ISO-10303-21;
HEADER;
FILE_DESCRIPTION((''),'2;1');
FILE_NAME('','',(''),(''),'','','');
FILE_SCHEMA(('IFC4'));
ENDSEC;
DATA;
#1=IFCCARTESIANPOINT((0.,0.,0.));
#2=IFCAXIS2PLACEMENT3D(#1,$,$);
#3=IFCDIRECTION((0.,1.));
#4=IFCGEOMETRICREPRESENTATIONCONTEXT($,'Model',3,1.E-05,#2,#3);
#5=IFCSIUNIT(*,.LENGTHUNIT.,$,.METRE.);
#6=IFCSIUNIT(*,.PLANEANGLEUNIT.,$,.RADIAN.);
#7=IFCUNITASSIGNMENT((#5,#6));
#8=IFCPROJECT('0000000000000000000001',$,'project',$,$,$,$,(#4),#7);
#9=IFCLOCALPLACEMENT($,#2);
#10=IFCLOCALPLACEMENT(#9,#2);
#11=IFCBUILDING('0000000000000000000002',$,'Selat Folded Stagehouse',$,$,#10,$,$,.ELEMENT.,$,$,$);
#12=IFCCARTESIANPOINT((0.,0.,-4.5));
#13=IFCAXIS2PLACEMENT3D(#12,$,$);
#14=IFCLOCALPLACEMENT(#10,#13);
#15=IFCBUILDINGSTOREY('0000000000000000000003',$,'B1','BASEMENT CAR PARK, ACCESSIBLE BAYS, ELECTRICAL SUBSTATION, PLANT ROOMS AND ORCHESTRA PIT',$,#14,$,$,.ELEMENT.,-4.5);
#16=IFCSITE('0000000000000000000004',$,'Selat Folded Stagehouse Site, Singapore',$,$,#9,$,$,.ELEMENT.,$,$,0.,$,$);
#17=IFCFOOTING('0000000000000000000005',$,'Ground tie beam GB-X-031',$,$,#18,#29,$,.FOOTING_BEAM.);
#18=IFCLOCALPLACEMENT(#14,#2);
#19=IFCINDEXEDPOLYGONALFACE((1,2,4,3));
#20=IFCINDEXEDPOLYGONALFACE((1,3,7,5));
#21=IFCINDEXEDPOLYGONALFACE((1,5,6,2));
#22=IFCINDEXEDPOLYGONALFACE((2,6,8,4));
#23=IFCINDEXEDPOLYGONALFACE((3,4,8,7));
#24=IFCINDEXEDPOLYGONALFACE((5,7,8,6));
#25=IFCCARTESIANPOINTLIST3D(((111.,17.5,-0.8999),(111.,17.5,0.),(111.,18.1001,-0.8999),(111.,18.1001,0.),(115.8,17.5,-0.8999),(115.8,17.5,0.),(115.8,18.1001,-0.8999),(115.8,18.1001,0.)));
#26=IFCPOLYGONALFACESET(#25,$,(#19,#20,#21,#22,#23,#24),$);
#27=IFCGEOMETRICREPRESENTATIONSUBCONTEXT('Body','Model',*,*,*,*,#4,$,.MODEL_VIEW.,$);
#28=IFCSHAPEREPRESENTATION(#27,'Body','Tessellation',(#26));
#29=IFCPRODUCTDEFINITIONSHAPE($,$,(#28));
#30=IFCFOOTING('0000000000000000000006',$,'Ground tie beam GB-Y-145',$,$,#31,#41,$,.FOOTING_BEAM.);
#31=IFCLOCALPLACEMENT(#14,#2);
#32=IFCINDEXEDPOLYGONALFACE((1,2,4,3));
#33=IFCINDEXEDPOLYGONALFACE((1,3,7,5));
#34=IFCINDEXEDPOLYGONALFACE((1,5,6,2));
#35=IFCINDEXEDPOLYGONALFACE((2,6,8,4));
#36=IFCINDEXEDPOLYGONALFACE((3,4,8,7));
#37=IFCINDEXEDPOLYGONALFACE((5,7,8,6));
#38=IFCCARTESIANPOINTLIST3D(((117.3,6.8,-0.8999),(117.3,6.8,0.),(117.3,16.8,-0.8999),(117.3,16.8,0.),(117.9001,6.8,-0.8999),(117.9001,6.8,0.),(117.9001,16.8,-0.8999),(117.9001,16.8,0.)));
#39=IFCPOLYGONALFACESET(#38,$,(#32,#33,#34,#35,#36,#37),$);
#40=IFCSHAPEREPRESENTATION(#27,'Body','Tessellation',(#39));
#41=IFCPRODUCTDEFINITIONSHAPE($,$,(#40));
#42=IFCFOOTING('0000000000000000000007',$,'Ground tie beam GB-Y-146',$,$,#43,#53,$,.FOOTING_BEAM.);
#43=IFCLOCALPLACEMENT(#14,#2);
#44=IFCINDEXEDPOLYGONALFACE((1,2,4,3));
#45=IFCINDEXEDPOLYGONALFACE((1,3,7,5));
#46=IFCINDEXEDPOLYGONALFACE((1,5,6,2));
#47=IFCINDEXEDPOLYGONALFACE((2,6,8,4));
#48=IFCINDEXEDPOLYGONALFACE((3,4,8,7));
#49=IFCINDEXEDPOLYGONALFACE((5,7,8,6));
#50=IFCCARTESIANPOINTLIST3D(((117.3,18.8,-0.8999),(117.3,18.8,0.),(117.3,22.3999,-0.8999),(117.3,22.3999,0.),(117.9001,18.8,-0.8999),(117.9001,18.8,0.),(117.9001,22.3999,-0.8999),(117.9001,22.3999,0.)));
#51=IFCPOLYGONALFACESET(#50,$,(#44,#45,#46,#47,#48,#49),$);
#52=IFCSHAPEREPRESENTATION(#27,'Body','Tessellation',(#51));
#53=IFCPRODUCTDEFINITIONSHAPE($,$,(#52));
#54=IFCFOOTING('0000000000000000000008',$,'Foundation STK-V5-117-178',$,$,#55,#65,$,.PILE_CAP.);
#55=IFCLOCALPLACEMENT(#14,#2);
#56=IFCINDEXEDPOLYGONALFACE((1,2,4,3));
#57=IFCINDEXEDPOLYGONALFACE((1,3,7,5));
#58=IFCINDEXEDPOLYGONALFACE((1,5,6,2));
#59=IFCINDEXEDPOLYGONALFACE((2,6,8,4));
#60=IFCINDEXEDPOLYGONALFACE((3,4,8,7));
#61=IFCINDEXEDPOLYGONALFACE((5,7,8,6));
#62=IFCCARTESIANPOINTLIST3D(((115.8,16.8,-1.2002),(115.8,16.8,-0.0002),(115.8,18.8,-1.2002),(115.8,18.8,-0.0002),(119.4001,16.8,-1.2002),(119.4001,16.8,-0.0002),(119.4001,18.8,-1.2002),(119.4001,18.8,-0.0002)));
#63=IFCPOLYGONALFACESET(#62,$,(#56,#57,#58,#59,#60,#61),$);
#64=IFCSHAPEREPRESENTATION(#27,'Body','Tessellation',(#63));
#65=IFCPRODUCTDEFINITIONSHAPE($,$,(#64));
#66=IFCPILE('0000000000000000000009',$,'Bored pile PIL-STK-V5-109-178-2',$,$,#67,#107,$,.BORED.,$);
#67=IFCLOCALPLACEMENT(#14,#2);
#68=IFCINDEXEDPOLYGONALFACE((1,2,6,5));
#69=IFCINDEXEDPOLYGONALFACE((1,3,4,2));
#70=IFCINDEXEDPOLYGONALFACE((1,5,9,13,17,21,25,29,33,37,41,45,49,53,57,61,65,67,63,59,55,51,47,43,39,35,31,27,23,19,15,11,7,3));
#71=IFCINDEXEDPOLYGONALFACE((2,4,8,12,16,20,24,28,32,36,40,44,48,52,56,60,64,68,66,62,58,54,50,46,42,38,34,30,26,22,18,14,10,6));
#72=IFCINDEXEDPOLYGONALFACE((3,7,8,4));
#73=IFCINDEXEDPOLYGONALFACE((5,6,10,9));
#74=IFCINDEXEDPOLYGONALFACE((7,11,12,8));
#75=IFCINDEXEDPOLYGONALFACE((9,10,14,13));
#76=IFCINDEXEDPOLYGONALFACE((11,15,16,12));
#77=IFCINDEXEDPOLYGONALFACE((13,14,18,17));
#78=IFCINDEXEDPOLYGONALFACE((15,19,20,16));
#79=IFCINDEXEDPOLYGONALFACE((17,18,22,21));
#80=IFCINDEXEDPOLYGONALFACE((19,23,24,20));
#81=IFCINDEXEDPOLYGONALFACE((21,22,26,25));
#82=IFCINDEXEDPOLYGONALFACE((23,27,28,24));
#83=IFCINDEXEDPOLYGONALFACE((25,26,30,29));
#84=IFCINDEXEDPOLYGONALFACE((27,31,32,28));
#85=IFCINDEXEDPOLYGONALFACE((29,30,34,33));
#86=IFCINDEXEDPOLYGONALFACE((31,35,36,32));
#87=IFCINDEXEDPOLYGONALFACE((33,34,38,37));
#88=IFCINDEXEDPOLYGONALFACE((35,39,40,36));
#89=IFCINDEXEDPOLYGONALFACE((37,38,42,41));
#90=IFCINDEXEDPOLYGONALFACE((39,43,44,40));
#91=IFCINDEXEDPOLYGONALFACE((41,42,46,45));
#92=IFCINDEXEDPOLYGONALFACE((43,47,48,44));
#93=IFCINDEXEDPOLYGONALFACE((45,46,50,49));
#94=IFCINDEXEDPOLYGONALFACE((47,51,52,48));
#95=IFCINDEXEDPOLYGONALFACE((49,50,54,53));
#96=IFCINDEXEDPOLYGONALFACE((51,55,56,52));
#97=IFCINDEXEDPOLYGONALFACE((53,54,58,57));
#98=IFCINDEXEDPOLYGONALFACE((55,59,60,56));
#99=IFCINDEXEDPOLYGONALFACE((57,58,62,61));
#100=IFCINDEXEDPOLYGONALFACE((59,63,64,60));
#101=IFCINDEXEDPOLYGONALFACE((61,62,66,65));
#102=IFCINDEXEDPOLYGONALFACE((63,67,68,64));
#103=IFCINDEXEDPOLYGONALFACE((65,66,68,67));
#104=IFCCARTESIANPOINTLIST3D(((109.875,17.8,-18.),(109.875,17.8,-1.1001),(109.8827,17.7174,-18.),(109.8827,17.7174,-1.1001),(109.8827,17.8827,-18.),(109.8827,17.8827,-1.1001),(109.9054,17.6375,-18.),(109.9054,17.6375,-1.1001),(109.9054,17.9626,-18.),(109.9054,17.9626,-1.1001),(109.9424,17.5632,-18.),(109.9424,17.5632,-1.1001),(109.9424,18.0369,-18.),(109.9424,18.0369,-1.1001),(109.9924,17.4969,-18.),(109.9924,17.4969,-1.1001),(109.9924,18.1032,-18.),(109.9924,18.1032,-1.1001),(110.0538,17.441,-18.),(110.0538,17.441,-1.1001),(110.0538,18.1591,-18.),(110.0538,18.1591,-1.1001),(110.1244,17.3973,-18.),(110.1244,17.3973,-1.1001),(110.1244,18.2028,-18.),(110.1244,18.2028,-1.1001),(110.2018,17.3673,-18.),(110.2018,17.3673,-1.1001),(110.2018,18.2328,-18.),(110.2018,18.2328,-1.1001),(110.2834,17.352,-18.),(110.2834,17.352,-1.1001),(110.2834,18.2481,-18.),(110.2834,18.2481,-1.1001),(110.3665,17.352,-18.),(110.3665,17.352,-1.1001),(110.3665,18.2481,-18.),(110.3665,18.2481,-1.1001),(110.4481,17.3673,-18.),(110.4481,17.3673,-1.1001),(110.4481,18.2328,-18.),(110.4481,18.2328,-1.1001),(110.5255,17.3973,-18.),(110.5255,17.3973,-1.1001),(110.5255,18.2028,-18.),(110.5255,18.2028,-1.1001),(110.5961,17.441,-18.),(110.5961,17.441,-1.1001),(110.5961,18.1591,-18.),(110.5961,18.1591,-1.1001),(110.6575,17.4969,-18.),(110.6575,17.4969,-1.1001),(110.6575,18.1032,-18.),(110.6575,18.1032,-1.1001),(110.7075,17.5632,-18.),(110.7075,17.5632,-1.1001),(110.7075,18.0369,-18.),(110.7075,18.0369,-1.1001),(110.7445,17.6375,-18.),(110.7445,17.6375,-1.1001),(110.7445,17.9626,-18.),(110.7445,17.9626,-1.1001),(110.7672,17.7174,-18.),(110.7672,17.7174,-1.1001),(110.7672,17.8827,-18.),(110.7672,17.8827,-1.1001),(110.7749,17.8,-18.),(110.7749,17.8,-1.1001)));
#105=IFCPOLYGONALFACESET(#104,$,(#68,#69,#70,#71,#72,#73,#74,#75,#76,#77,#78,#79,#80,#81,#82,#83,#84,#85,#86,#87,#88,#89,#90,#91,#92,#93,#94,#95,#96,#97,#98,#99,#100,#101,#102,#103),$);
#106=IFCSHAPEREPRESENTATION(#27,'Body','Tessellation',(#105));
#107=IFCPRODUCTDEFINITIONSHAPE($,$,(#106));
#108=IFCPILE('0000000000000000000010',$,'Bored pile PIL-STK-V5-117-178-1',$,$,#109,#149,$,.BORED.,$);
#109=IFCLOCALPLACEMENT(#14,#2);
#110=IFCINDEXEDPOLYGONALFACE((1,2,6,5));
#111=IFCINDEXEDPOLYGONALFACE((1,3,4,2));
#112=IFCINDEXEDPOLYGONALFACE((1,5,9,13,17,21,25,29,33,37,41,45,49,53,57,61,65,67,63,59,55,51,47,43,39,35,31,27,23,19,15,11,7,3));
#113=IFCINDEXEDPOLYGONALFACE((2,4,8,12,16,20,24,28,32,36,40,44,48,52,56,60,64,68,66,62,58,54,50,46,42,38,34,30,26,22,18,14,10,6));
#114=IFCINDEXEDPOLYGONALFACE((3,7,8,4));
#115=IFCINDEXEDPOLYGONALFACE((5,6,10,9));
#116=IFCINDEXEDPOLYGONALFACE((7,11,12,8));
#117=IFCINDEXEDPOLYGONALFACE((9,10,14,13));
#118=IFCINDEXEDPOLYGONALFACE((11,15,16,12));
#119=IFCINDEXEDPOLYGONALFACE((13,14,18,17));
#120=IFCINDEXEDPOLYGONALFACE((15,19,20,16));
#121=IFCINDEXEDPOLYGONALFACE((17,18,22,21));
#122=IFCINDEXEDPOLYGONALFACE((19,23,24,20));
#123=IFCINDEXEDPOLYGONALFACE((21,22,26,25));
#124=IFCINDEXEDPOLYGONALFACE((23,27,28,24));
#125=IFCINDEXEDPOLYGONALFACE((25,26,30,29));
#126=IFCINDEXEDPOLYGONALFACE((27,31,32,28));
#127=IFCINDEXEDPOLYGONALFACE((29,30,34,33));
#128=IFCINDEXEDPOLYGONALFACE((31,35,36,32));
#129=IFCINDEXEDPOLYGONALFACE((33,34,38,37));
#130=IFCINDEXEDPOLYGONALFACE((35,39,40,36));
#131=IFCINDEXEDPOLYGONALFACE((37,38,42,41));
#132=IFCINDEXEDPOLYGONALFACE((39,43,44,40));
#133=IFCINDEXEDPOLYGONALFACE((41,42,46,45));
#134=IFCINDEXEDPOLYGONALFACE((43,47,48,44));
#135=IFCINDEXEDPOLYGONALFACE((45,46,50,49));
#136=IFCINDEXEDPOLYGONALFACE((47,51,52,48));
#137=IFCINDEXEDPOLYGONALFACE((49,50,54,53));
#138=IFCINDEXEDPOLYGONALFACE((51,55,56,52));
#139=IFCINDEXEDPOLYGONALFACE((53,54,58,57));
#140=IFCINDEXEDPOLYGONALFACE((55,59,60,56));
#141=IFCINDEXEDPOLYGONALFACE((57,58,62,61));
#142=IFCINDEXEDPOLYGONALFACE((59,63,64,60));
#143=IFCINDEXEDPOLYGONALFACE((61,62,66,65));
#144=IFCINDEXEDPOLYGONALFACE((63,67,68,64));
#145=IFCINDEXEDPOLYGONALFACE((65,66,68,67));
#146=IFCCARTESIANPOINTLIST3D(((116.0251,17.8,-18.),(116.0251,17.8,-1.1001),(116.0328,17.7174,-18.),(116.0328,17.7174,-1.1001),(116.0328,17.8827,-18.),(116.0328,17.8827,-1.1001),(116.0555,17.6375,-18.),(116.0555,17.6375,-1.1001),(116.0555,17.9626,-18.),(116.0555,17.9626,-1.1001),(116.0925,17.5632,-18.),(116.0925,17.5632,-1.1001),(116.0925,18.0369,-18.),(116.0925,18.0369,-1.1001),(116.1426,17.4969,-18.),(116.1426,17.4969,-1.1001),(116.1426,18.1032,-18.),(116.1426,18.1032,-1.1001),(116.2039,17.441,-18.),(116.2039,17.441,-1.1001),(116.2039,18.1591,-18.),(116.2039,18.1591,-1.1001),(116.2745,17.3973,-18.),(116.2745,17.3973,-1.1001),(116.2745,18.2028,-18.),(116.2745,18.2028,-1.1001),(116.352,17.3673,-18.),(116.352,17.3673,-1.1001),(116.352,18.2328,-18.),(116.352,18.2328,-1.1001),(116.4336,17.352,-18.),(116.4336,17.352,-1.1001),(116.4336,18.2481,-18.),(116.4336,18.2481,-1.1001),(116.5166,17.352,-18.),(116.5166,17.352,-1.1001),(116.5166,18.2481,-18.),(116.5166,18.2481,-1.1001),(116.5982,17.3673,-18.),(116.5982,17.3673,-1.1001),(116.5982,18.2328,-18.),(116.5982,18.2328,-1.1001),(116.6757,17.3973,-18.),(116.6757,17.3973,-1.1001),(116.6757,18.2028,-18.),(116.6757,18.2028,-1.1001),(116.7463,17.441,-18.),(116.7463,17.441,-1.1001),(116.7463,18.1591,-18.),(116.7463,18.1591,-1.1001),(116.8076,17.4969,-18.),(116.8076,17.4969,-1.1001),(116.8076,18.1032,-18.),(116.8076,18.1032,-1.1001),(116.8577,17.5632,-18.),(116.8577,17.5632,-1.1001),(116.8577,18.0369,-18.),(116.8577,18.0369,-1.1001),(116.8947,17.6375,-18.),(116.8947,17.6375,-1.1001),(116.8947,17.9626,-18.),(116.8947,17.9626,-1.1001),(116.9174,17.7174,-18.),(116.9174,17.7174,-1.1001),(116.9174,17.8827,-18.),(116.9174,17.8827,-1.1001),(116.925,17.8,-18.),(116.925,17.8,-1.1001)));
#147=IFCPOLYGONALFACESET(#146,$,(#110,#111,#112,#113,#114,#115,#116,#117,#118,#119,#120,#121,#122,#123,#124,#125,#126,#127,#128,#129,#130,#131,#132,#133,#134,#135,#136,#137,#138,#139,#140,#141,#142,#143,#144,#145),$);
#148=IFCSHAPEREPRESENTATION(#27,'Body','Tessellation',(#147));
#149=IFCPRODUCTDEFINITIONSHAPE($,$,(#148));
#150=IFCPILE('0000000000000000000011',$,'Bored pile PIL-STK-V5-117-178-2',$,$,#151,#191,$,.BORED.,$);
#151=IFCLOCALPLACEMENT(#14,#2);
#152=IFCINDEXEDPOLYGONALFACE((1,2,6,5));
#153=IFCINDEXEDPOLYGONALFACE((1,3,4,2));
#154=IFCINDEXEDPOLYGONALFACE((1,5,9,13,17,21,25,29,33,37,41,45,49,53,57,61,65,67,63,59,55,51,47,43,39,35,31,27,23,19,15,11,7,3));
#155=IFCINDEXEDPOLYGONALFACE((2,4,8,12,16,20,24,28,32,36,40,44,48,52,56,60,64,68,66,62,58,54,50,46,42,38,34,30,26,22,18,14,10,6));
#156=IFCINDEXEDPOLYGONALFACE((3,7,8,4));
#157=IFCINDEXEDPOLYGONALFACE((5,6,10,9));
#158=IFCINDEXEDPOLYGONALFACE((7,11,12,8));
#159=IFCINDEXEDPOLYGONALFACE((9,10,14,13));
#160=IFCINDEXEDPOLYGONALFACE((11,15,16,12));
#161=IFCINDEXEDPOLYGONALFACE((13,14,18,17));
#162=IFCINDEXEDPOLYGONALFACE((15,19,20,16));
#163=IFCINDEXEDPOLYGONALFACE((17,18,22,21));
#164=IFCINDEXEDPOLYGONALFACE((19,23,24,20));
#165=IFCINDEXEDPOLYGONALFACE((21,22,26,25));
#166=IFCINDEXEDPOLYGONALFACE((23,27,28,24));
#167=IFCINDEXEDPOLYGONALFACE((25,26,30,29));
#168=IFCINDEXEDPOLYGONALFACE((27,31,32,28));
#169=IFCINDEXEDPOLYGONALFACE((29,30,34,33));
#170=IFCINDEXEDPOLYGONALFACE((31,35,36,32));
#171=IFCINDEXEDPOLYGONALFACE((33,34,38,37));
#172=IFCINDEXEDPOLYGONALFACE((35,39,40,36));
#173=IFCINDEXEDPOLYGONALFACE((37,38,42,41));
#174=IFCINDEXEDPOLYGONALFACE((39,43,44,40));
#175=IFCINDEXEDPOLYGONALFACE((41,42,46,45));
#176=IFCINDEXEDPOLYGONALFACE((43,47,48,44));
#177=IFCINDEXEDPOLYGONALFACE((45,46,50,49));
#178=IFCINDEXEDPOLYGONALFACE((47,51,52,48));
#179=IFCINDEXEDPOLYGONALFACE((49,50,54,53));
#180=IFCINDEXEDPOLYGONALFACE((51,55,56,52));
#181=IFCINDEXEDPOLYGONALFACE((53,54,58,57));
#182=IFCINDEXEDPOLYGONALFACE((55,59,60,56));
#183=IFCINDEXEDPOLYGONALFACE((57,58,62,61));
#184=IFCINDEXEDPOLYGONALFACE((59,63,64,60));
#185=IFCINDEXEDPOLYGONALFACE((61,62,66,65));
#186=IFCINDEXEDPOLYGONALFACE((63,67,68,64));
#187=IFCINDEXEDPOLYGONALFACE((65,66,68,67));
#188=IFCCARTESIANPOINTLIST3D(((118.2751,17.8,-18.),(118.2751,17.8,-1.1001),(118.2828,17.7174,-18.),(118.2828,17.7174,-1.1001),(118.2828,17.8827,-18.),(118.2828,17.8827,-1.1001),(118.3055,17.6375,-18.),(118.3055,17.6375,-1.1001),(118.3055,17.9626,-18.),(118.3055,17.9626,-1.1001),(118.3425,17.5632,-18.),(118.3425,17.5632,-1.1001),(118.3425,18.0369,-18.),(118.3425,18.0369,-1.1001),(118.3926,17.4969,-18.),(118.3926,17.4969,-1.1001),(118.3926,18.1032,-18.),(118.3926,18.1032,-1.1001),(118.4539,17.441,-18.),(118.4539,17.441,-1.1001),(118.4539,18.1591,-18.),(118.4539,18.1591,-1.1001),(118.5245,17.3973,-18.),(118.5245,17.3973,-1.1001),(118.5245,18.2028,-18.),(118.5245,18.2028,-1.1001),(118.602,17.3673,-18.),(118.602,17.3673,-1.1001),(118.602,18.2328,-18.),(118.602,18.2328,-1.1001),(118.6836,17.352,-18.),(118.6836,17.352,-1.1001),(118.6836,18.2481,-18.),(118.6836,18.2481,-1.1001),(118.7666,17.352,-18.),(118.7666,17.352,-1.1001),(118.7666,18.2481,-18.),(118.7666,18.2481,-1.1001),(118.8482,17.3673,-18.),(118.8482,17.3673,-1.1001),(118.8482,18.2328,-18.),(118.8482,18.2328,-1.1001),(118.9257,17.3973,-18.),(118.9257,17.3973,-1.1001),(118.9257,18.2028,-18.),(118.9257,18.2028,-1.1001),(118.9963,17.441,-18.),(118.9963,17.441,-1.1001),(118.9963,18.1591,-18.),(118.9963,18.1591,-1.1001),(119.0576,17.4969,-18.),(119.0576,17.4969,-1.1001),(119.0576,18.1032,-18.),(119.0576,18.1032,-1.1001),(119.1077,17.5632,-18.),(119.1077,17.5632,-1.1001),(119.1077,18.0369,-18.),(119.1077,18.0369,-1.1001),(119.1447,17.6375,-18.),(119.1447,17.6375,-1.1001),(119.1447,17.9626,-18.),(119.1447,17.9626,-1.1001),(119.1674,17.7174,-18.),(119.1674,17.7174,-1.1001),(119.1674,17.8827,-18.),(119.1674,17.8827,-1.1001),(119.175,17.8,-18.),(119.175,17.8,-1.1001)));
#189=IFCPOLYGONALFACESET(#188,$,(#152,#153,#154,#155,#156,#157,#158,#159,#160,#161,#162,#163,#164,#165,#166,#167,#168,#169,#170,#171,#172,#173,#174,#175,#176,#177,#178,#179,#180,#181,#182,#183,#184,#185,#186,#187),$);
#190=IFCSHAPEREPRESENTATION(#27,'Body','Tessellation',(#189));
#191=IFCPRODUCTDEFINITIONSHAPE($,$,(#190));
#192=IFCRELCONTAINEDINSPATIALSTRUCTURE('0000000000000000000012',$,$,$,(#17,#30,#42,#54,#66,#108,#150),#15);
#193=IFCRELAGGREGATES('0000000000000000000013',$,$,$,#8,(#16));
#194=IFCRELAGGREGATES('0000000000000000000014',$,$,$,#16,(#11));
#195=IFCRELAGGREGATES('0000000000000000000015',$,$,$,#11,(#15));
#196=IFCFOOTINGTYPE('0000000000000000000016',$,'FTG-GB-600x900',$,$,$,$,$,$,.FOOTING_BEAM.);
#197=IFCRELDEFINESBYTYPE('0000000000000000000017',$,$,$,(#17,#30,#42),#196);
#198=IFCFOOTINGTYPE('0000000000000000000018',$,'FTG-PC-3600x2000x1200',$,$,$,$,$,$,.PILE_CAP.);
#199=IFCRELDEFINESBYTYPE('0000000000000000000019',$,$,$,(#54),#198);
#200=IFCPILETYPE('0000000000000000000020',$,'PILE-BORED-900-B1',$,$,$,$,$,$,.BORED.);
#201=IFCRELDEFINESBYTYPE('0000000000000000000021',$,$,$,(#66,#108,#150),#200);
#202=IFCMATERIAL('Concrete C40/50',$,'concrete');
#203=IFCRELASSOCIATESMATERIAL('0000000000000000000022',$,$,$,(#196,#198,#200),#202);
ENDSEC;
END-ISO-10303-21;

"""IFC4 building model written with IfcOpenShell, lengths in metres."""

from ifc_helpers import new_model, si_unit, direction, frame, origin, origin_2d, place, context, subcontext, project, spatial, rectangle, circle, extrude, material, material_profile, profile_set, type_object, element, save


model = new_model("IFC4")

# Units and contexts
model_context = context("Model", 3, precision=1e-05, world=origin(), true_north=direction((0.0, 1.0)))
body_context = subcontext(model_context, "Body", "Model", "MODEL_VIEW")
ifc_project = project(units=[si_unit("LENGTHUNIT", "METRE"), si_unit("PLANEANGLEUNIT", "RADIAN")], contexts=[model_context])

# Site, building, storey
site_placement = place(None, origin())
site = spatial("IfcSite", under=ifc_project, at=site_placement, Name="Selat Folded Stagehouse Site, Singapore", CompositionType="ELEMENT", RefElevation=0.0)
building_placement = place(site_placement, origin())
building = spatial("IfcBuilding", under=site, at=building_placement, Name="Selat Folded Stagehouse", CompositionType="ELEMENT")
storey_placement = place(building_placement, frame((0.0, 0.0, -4.5)))
storey = spatial("IfcBuildingStorey", under=building, at=storey_placement, Name="B1", Description="BASEMENT CAR PARK, ACCESSIBLE BAYS, ELECTRICAL SUBSTATION, PLANT ROOMS AND ORCHESTRA PIT", CompositionType="ELEMENT", Elevation=-4.5)

# Footings
ifc_material_1 = material(Name="Concrete C40/50", Category="concrete")
ifc_material_profile_1 = material_profile(ifc_material_1, rectangle(XDim=0.6001, YDim=0.8999, at=origin_2d()), Name="RC 900x600")
ifc_profile_set_1 = profile_set([ifc_material_profile_1], Name="Concrete C40/50")
footing_type_1 = type_object("IfcFootingType", Name="FTG-GB-600x900", PredefinedType="FOOTING_BEAM", material=ifc_profile_set_1)
footing_1_placement = place(storey_placement, frame((111.0, 17.8, -0.45), z_axis=(1.0, 0.0, 0.0), x_axis=(0.0, 1.0, 0.0)))
element("IfcFooting", 1, at=footing_1_placement, inside=storey, type_object=footing_type_1, Name="Ground tie beam GB-X-031", PredefinedType="FOOTING_BEAM", context=body_context, shape_type="SweptSolid", body=[
    extrude(rectangle(XDim=0.6001, YDim=0.8999, at=origin_2d()), origin(), (0.0, 0.0, 1.0), 4.8),
])
footing_2_placement = place(storey_placement, frame((117.6001, 6.8, -0.45), z_axis=(0.0, 1.0, 0.0), x_axis=(-1.0, 0.0, 0.0)))
element("IfcFooting", 2, at=footing_2_placement, inside=storey, type_object=footing_type_1, Name="Ground tie beam GB-Y-145", PredefinedType="FOOTING_BEAM", context=body_context, shape_type="SweptSolid", body=[
    extrude(rectangle(XDim=0.6001, YDim=0.8999, at=origin_2d()), origin(), (0.0, 0.0, 1.0), 10.0),
])
footing_3_placement = place(storey_placement, frame((117.6001, 18.8, -0.45), z_axis=(0.0, 1.0, 0.0), x_axis=(-1.0, 0.0, 0.0)))
element("IfcFooting", 3, at=footing_3_placement, inside=storey, type_object=footing_type_1, Name="Ground tie beam GB-Y-146", PredefinedType="FOOTING_BEAM", context=body_context, shape_type="SweptSolid", body=[
    extrude(rectangle(XDim=0.6001, YDim=0.8999, at=origin_2d()), origin(), (0.0, 0.0, 1.0), 3.5999),
])
footing_type_2 = type_object("IfcFootingType", Name="FTG-PC-3600x2000x1200", PredefinedType="PILE_CAP", material=ifc_material_1)
footing_4_placement = place(storey_placement, frame((117.6001, 17.8, -1.2002), z_axis=(0.0, 0.0, 1.0), x_axis=(1.0, 0.0, 0.0)))
element("IfcFooting", 4, at=footing_4_placement, inside=storey, type_object=footing_type_2, Name="Foundation STK-V5-117-178", PredefinedType="PILE_CAP", context=body_context, shape_type="SweptSolid", body=[
    extrude(rectangle(XDim=3.6001, YDim=2.0, at=origin_2d()), origin(), (0.0, 0.0, 1.0), 1.2),
])

# Piles
ifc_material_profile_2 = material_profile(ifc_material_1, circle(Radius=0.45, at=origin_2d()), Name="PILE D900")
ifc_profile_set_2 = profile_set([ifc_material_profile_2], Name="Concrete C40/50")
pile_type = type_object("IfcPileType", Name="PILE-BORED-900-B1", PredefinedType="BORED", material=ifc_profile_set_2)
for number, where, z_axis, x_axis, name in (
    (5, (110.325, 17.8, -1.1001), (0.0, 0.0, -1.0), (1.0, 0.0, 0.0), "Bored pile PIL-STK-V5-109-178-2"),
    (6, (116.4751, 17.8, -1.1001), (0.0, 0.0, -1.0), (1.0, 0.0, 0.0), "Bored pile PIL-STK-V5-117-178-1"),
    (7, (118.7251, 17.8, -1.1001), (0.0, 0.0, -1.0), (1.0, 0.0, 0.0), "Bored pile PIL-STK-V5-117-178-2"),
):
    element("IfcPile", number, at=place(storey_placement, frame(where, z_axis=z_axis, x_axis=x_axis)), inside=storey, type_object=pile_type, Name=name, PredefinedType="BORED", context=body_context, shape_type="SweptSolid", body=[
        extrude(circle(Radius=0.45, at=origin_2d()), origin(), (0.0, 0.0, 1.0), 16.8999),
    ])

save(model, "model.ifc")
